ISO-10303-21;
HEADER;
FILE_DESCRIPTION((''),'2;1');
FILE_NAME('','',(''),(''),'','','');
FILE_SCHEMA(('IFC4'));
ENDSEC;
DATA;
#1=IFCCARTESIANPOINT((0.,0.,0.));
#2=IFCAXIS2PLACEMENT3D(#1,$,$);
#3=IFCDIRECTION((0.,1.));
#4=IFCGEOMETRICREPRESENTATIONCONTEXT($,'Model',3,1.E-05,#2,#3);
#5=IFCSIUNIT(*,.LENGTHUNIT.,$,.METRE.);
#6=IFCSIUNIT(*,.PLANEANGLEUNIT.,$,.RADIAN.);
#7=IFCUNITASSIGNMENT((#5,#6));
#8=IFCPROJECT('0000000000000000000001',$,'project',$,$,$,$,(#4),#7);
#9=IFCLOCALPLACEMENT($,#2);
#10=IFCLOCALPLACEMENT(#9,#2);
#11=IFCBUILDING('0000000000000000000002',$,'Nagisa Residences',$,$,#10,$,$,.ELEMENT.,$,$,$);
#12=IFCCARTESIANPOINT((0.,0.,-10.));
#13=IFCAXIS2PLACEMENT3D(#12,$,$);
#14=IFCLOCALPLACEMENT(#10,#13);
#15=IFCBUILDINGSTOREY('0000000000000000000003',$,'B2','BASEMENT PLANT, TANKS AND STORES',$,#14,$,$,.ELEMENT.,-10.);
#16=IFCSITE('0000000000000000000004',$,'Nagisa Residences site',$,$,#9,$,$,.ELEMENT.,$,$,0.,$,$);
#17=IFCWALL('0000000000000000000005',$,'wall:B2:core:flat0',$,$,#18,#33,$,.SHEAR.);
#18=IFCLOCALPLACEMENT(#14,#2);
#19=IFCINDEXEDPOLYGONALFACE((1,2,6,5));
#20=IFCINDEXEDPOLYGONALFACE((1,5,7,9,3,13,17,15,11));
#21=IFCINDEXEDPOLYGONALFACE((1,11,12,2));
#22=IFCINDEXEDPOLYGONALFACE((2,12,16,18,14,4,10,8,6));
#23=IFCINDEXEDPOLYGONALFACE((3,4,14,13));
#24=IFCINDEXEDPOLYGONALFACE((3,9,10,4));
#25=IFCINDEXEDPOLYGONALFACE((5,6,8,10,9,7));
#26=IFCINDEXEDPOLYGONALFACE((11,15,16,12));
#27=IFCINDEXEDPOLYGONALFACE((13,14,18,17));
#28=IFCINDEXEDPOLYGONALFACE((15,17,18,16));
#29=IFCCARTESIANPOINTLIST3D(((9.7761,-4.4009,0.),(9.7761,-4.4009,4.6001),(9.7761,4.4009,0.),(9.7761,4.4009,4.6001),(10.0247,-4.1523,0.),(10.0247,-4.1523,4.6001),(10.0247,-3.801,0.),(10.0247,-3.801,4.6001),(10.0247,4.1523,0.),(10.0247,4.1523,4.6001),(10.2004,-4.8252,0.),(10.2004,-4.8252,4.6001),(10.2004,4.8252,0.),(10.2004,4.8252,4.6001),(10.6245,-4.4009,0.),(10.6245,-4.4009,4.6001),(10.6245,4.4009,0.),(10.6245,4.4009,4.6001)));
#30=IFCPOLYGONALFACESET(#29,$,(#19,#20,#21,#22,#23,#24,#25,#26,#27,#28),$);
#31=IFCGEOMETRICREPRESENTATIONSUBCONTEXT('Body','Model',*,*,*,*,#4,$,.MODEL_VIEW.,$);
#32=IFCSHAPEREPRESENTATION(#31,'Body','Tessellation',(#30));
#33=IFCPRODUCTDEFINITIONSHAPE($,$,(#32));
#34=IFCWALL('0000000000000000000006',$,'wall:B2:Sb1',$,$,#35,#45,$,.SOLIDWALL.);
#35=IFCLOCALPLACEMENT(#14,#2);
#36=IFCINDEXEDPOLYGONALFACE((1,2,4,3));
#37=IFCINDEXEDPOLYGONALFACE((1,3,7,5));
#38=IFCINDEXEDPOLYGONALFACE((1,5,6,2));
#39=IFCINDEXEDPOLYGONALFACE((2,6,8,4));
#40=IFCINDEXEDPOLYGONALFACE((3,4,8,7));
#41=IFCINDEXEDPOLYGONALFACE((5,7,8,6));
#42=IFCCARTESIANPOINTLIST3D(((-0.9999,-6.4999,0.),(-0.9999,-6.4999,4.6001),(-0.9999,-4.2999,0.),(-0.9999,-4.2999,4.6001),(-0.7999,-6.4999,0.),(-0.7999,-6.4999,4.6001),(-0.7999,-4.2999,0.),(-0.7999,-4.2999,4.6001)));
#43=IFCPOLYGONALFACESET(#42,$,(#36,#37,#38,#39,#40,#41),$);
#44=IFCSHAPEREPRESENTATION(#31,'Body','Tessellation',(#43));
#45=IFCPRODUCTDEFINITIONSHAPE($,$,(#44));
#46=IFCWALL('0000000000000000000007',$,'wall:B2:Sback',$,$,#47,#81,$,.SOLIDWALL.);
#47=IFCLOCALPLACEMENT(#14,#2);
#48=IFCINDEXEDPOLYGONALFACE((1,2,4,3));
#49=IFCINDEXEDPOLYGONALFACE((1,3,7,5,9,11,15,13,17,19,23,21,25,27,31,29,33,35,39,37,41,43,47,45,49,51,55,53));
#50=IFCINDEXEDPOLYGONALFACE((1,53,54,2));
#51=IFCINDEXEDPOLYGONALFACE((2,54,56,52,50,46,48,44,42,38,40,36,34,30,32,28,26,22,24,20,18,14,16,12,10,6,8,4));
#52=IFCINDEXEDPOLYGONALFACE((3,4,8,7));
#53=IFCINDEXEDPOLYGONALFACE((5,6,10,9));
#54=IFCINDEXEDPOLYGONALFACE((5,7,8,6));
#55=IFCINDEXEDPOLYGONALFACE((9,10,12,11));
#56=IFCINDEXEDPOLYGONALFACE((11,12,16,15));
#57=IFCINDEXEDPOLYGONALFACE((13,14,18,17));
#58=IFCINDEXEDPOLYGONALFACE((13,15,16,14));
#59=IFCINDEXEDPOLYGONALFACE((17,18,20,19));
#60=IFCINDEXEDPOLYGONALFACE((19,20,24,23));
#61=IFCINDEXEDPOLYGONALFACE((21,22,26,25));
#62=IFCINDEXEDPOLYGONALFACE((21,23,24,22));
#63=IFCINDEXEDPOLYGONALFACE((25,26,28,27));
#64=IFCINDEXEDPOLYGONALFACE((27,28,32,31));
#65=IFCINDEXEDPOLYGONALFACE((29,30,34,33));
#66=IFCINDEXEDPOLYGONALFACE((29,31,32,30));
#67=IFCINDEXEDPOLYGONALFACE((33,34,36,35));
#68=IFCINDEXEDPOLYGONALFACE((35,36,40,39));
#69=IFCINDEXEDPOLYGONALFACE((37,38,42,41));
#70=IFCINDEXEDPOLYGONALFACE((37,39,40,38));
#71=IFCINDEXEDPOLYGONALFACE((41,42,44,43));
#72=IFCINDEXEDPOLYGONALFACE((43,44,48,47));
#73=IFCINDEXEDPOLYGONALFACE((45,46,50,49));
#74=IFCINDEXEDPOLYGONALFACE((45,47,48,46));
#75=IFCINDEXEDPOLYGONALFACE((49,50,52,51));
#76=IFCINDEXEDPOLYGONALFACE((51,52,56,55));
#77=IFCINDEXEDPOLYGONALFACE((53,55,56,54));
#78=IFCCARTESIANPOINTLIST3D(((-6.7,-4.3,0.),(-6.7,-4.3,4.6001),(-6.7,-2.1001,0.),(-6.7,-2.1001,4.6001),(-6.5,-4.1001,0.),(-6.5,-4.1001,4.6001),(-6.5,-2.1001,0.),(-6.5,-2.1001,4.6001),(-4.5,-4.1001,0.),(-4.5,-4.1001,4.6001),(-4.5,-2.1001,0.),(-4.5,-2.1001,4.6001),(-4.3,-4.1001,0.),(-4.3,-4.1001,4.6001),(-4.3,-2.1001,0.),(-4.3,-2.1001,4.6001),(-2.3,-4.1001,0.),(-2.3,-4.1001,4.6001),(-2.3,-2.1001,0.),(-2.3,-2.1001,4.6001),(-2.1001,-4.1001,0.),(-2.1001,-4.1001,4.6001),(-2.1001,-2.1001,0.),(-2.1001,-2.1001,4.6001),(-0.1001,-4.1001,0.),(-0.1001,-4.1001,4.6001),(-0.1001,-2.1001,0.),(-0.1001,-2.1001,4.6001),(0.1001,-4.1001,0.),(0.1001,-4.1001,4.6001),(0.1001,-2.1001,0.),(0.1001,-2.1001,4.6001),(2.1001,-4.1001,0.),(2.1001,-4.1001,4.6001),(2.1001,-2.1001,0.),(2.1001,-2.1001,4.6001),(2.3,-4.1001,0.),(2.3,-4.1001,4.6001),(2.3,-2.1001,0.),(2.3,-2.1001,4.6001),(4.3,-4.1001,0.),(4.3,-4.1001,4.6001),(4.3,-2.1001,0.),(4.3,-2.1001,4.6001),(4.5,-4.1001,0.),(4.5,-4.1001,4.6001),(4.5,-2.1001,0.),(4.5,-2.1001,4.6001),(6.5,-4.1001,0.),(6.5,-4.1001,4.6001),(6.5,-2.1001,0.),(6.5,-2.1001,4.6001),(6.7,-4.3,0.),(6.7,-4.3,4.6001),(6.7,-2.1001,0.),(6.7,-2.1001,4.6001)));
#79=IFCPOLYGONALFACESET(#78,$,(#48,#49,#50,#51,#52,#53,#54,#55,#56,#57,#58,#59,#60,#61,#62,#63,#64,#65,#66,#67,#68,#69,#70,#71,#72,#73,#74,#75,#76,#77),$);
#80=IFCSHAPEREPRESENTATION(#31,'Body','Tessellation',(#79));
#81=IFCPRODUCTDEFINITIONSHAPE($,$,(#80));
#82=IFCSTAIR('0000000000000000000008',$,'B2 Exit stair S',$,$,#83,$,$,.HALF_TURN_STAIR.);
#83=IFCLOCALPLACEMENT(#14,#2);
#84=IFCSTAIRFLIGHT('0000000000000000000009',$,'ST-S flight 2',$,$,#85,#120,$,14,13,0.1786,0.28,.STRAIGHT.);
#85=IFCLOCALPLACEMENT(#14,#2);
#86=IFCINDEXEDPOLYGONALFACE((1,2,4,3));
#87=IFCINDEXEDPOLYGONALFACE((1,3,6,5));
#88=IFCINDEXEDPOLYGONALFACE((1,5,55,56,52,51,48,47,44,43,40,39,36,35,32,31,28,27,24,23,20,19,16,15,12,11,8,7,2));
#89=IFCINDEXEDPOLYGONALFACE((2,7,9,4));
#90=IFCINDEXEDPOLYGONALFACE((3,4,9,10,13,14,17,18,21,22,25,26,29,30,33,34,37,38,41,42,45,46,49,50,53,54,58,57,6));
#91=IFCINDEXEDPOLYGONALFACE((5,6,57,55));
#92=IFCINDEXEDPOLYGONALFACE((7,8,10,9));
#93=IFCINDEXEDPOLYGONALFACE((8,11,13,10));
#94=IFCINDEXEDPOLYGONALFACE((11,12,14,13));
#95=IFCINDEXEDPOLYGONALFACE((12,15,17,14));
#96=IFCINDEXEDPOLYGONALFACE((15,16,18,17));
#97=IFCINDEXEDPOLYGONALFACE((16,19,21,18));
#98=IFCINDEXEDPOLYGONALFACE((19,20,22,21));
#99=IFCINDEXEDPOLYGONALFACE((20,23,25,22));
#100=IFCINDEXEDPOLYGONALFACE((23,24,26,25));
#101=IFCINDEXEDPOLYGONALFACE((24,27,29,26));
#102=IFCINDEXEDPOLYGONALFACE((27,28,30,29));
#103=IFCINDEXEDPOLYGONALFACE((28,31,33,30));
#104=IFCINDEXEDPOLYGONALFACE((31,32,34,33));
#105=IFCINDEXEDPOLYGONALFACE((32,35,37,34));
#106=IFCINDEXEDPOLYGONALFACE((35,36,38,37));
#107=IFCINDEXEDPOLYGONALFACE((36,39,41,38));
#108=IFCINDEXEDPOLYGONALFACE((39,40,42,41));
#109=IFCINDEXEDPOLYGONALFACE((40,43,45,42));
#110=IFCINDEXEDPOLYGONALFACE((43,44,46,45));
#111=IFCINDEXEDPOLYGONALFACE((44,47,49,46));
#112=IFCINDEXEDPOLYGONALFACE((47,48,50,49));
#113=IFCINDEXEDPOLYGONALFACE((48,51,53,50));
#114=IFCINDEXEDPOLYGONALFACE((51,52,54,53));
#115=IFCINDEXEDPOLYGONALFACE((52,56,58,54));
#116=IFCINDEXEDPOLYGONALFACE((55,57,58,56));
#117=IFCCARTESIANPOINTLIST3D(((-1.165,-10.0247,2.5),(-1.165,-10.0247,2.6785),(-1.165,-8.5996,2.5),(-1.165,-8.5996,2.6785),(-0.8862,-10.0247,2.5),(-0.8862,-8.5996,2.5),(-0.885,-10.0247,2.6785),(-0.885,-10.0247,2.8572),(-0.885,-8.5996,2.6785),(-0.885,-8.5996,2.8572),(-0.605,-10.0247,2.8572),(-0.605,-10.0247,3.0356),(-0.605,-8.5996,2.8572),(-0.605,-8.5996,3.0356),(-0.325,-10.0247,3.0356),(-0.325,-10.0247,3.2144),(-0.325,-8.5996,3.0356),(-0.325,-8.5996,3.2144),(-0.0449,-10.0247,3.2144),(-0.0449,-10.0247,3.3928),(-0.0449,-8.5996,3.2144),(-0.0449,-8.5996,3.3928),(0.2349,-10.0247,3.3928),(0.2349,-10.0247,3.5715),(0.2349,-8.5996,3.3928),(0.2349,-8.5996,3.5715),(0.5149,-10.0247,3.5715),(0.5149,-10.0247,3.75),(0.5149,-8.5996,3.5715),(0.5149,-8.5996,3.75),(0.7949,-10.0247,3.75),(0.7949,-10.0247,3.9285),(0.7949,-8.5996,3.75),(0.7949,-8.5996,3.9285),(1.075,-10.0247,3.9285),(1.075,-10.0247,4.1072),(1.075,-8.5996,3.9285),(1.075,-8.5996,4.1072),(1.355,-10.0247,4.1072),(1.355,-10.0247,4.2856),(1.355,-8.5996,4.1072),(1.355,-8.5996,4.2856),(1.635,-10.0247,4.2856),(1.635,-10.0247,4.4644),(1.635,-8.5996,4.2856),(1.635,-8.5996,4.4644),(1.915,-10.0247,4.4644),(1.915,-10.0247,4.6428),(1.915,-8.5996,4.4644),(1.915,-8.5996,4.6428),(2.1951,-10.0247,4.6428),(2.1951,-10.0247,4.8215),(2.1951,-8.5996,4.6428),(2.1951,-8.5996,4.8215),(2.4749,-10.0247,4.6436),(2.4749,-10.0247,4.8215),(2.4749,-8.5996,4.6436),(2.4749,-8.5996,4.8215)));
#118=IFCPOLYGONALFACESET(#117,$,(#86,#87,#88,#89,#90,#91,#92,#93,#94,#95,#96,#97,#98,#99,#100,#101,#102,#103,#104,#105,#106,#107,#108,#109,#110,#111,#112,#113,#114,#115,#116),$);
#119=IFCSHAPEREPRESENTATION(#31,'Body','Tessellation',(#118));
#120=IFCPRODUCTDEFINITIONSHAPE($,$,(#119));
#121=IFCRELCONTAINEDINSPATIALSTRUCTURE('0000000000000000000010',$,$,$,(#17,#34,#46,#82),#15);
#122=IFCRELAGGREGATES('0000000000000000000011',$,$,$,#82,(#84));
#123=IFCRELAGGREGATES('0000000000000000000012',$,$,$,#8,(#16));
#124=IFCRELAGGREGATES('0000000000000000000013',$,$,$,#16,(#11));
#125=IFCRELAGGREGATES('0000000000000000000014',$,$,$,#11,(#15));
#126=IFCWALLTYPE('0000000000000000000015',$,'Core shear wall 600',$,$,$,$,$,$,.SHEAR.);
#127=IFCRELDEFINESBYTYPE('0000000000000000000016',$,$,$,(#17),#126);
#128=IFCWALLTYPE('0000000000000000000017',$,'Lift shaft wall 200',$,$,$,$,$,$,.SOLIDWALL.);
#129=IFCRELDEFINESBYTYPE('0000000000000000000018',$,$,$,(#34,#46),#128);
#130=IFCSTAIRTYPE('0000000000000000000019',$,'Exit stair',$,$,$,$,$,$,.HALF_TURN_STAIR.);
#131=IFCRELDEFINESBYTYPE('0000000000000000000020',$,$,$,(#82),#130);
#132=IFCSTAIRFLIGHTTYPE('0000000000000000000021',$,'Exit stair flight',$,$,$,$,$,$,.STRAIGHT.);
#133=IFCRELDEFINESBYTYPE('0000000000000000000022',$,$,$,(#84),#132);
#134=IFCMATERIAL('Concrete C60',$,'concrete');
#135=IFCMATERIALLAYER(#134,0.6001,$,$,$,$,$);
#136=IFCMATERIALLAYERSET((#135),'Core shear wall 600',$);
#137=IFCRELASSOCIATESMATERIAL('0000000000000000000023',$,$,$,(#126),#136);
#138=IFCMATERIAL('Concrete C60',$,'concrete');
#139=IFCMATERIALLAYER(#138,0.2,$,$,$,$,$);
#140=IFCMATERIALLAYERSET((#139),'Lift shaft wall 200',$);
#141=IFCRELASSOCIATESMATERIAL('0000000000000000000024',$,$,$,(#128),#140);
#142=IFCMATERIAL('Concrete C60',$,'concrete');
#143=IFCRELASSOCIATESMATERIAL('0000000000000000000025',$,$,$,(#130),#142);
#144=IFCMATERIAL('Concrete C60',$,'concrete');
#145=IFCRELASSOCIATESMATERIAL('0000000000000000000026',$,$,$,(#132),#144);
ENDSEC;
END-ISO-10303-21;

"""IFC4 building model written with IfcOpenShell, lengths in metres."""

from ifc_helpers import new_model, si_unit, direction, frame, frame_2d, origin, place, context, subcontext, project, spatial, polyline, rectangle, outline, extrude, material, layer, layer_set, type_object, element, aggregate, save


model = new_model("IFC4")

# Units and contexts
model_context = context("Model", 3, precision=1e-05, world=origin(), true_north=direction((0.0, 1.0)))
body_context = subcontext(model_context, "Body", "Model", "MODEL_VIEW")
ifc_project = project(units=[si_unit("LENGTHUNIT", "METRE"), si_unit("PLANEANGLEUNIT", "RADIAN")], contexts=[model_context])

# Site, building, storey
site_placement = place(None, origin())
site = spatial("IfcSite", under=ifc_project, at=site_placement, Name="Nagisa Residences site", CompositionType="ELEMENT", RefElevation=0.0)
building_placement = place(site_placement, origin())
building = spatial("IfcBuilding", under=site, at=building_placement, Name="Nagisa Residences", CompositionType="ELEMENT")
storey_placement = place(building_placement, frame((0.0, 0.0, -10.0)))
storey = spatial("IfcBuildingStorey", under=building, at=storey_placement, Name="B2", Description="BASEMENT PLANT, TANKS AND STORES", CompositionType="ELEMENT", Elevation=-10.0)

# Walls
ifc_material_1 = material(Name="Concrete C60", Category="concrete")
ifc_layer_1 = layer(ifc_material_1, 0.6001)
ifc_layer_set_1 = layer_set([ifc_layer_1], Name="Core shear wall 600")
wall_type_1 = type_object("IfcWallType", Name="Core shear wall 600", PredefinedType="SHEAR", material=ifc_layer_set_1)
wall_1_placement = place(storey_placement, origin())
element("IfcWall", 1, at=wall_1_placement, inside=storey, type_object=wall_type_1, Name="wall:B2:core:flat0", PredefinedType="SHEAR", context=body_context, shape_type="SweptSolid", body=[
    extrude(outline(polyline([(9.7761, -4.4009), (10.0247, -4.1523), (10.0247, -3.801), (10.0247, 4.1523), (9.7761, 4.4009), (10.2004, 4.8252), (10.6245, 4.4009), (10.6245, -4.4009), (10.2004, -4.8252), (9.7761, -4.4009)])), origin(), (0.0, 0.0, 1.0), 4.6001),
])
ifc_material_2 = material(Name="Concrete C60", Category="concrete")
ifc_layer_2 = layer(ifc_material_2, 0.2)
ifc_layer_set_2 = layer_set([ifc_layer_2], Name="Lift shaft wall 200")
wall_type_2 = type_object("IfcWallType", Name="Lift shaft wall 200", PredefinedType="SOLIDWALL", material=ifc_layer_set_2)
wall_2_placement = place(storey_placement, frame((-0.8999, -6.5, 0.0), z_axis=(0.0, 0.0, 1.0), x_axis=(0.0, 1.0, 0.0)))
element("IfcWall", 2, at=wall_2_placement, inside=storey, type_object=wall_type_2, Name="wall:B2:Sb1", PredefinedType="SOLIDWALL", context=body_context, shape_type="SweptSolid", body=[
    extrude(rectangle(XDim=2.2, YDim=0.2, at=frame_2d((1.1001, 0.0))), origin(), (0.0, 0.0, 1.0), 4.6001),
])
wall_3_placement = place(storey_placement, origin())
element("IfcWall", 3, at=wall_3_placement, inside=storey, type_object=wall_type_2, Name="wall:B2:Sback", PredefinedType="SOLIDWALL", context=body_context, shape_type="SweptSolid", body=[
    extrude(outline(polyline([(-6.7, -2.1001), (-6.5, -2.1001), (-6.5, -4.1001), (-4.5, -4.1001), (-4.5, -2.1001), (-4.3, -2.1001), (-4.3, -4.1001), (-2.3, -4.1001), (-2.3, -2.1001), (-2.1001, -2.1001), (-2.1001, -4.1001), (-0.1001, -4.1001), (-0.1001, -2.1001), (0.1001, -2.1001), (0.1001, -4.1001), (2.1001, -4.1001), (2.1001, -2.1001), (2.3, -2.1001), (2.3, -4.1001), (4.3, -4.1001), (4.3, -2.1001), (4.5, -2.1001), (4.5, -4.1001), (6.5, -4.1001), (6.5, -2.1001), (6.7, -2.1001), (6.7, -4.3), (-6.7, -4.3), (-6.7, -2.1001)])), origin(), (0.0, 0.0, 1.0), 4.6001),
])

# Stair, stair flight
ifc_material_3 = material(Name="Concrete C60", Category="concrete")
stair_type = type_object("IfcStairType", Name="Exit stair", PredefinedType="HALF_TURN_STAIR", material=ifc_material_3)
stair_placement = place(storey_placement, origin())
stair = element("IfcStair", 4, at=stair_placement, inside=storey, type_object=stair_type, Name="B2 Exit stair S", PredefinedType="HALF_TURN_STAIR")
ifc_material_4 = material(Name="Concrete C60", Category="concrete")
stair_flight_type = type_object("IfcStairFlightType", Name="Exit stair flight", PredefinedType="STRAIGHT", material=ifc_material_4)
stair_flight_placement = place(storey_placement, frame((-1.165, -9.312, 2.5), z_axis=(0.0, 0.0, 1.0), x_axis=(1.0, 0.0, 0.0)))
stair_flight = element("IfcStairFlight", 5, at=stair_flight_placement, type_object=stair_flight_type, Name="ST-S flight 2", NumberOfRisers=14, NumberOfTreads=13, PredefinedType="STRAIGHT", RiserHeight=0.1786, TreadLength=0.28, context=body_context, shape_type="SweptSolid", body=[
    extrude(outline(polyline([(0.0, 0.0), (0.0, 0.1785), (0.28, 0.1785), (0.28, 0.3572), (0.5601, 0.3572), (0.5601, 0.5356), (0.8401, 0.5356), (0.8401, 0.7144), (1.1201, 0.7144), (1.1201, 0.8928), (1.3999, 0.8928), (1.3999, 1.0715), (1.6799, 1.0715), (1.6799, 1.25), (1.96, 1.25), (1.96, 1.4285), (2.24, 1.4285), (2.24, 1.6072), (2.52, 1.6072), (2.52, 1.7856), (2.8, 1.7856), (2.8, 1.9644), (3.0801, 1.9644), (3.0801, 2.1428), (3.3601, 2.1428), (3.3601, 2.3215), (3.6399, 2.3215), (3.6399, 2.5), (3.6399, 2.1436), (0.2788, 0.0), (0.0, 0.0)])), frame((0.0, 0.7124, 0.0), z_axis=(0.0, -1.0, 0.0), x_axis=(1.0, 0.0, 0.0)), (0.0, 0.0, 1.0), 1.425),
])
aggregate(stair, [stair_flight])

save(model, "model.ifc")
